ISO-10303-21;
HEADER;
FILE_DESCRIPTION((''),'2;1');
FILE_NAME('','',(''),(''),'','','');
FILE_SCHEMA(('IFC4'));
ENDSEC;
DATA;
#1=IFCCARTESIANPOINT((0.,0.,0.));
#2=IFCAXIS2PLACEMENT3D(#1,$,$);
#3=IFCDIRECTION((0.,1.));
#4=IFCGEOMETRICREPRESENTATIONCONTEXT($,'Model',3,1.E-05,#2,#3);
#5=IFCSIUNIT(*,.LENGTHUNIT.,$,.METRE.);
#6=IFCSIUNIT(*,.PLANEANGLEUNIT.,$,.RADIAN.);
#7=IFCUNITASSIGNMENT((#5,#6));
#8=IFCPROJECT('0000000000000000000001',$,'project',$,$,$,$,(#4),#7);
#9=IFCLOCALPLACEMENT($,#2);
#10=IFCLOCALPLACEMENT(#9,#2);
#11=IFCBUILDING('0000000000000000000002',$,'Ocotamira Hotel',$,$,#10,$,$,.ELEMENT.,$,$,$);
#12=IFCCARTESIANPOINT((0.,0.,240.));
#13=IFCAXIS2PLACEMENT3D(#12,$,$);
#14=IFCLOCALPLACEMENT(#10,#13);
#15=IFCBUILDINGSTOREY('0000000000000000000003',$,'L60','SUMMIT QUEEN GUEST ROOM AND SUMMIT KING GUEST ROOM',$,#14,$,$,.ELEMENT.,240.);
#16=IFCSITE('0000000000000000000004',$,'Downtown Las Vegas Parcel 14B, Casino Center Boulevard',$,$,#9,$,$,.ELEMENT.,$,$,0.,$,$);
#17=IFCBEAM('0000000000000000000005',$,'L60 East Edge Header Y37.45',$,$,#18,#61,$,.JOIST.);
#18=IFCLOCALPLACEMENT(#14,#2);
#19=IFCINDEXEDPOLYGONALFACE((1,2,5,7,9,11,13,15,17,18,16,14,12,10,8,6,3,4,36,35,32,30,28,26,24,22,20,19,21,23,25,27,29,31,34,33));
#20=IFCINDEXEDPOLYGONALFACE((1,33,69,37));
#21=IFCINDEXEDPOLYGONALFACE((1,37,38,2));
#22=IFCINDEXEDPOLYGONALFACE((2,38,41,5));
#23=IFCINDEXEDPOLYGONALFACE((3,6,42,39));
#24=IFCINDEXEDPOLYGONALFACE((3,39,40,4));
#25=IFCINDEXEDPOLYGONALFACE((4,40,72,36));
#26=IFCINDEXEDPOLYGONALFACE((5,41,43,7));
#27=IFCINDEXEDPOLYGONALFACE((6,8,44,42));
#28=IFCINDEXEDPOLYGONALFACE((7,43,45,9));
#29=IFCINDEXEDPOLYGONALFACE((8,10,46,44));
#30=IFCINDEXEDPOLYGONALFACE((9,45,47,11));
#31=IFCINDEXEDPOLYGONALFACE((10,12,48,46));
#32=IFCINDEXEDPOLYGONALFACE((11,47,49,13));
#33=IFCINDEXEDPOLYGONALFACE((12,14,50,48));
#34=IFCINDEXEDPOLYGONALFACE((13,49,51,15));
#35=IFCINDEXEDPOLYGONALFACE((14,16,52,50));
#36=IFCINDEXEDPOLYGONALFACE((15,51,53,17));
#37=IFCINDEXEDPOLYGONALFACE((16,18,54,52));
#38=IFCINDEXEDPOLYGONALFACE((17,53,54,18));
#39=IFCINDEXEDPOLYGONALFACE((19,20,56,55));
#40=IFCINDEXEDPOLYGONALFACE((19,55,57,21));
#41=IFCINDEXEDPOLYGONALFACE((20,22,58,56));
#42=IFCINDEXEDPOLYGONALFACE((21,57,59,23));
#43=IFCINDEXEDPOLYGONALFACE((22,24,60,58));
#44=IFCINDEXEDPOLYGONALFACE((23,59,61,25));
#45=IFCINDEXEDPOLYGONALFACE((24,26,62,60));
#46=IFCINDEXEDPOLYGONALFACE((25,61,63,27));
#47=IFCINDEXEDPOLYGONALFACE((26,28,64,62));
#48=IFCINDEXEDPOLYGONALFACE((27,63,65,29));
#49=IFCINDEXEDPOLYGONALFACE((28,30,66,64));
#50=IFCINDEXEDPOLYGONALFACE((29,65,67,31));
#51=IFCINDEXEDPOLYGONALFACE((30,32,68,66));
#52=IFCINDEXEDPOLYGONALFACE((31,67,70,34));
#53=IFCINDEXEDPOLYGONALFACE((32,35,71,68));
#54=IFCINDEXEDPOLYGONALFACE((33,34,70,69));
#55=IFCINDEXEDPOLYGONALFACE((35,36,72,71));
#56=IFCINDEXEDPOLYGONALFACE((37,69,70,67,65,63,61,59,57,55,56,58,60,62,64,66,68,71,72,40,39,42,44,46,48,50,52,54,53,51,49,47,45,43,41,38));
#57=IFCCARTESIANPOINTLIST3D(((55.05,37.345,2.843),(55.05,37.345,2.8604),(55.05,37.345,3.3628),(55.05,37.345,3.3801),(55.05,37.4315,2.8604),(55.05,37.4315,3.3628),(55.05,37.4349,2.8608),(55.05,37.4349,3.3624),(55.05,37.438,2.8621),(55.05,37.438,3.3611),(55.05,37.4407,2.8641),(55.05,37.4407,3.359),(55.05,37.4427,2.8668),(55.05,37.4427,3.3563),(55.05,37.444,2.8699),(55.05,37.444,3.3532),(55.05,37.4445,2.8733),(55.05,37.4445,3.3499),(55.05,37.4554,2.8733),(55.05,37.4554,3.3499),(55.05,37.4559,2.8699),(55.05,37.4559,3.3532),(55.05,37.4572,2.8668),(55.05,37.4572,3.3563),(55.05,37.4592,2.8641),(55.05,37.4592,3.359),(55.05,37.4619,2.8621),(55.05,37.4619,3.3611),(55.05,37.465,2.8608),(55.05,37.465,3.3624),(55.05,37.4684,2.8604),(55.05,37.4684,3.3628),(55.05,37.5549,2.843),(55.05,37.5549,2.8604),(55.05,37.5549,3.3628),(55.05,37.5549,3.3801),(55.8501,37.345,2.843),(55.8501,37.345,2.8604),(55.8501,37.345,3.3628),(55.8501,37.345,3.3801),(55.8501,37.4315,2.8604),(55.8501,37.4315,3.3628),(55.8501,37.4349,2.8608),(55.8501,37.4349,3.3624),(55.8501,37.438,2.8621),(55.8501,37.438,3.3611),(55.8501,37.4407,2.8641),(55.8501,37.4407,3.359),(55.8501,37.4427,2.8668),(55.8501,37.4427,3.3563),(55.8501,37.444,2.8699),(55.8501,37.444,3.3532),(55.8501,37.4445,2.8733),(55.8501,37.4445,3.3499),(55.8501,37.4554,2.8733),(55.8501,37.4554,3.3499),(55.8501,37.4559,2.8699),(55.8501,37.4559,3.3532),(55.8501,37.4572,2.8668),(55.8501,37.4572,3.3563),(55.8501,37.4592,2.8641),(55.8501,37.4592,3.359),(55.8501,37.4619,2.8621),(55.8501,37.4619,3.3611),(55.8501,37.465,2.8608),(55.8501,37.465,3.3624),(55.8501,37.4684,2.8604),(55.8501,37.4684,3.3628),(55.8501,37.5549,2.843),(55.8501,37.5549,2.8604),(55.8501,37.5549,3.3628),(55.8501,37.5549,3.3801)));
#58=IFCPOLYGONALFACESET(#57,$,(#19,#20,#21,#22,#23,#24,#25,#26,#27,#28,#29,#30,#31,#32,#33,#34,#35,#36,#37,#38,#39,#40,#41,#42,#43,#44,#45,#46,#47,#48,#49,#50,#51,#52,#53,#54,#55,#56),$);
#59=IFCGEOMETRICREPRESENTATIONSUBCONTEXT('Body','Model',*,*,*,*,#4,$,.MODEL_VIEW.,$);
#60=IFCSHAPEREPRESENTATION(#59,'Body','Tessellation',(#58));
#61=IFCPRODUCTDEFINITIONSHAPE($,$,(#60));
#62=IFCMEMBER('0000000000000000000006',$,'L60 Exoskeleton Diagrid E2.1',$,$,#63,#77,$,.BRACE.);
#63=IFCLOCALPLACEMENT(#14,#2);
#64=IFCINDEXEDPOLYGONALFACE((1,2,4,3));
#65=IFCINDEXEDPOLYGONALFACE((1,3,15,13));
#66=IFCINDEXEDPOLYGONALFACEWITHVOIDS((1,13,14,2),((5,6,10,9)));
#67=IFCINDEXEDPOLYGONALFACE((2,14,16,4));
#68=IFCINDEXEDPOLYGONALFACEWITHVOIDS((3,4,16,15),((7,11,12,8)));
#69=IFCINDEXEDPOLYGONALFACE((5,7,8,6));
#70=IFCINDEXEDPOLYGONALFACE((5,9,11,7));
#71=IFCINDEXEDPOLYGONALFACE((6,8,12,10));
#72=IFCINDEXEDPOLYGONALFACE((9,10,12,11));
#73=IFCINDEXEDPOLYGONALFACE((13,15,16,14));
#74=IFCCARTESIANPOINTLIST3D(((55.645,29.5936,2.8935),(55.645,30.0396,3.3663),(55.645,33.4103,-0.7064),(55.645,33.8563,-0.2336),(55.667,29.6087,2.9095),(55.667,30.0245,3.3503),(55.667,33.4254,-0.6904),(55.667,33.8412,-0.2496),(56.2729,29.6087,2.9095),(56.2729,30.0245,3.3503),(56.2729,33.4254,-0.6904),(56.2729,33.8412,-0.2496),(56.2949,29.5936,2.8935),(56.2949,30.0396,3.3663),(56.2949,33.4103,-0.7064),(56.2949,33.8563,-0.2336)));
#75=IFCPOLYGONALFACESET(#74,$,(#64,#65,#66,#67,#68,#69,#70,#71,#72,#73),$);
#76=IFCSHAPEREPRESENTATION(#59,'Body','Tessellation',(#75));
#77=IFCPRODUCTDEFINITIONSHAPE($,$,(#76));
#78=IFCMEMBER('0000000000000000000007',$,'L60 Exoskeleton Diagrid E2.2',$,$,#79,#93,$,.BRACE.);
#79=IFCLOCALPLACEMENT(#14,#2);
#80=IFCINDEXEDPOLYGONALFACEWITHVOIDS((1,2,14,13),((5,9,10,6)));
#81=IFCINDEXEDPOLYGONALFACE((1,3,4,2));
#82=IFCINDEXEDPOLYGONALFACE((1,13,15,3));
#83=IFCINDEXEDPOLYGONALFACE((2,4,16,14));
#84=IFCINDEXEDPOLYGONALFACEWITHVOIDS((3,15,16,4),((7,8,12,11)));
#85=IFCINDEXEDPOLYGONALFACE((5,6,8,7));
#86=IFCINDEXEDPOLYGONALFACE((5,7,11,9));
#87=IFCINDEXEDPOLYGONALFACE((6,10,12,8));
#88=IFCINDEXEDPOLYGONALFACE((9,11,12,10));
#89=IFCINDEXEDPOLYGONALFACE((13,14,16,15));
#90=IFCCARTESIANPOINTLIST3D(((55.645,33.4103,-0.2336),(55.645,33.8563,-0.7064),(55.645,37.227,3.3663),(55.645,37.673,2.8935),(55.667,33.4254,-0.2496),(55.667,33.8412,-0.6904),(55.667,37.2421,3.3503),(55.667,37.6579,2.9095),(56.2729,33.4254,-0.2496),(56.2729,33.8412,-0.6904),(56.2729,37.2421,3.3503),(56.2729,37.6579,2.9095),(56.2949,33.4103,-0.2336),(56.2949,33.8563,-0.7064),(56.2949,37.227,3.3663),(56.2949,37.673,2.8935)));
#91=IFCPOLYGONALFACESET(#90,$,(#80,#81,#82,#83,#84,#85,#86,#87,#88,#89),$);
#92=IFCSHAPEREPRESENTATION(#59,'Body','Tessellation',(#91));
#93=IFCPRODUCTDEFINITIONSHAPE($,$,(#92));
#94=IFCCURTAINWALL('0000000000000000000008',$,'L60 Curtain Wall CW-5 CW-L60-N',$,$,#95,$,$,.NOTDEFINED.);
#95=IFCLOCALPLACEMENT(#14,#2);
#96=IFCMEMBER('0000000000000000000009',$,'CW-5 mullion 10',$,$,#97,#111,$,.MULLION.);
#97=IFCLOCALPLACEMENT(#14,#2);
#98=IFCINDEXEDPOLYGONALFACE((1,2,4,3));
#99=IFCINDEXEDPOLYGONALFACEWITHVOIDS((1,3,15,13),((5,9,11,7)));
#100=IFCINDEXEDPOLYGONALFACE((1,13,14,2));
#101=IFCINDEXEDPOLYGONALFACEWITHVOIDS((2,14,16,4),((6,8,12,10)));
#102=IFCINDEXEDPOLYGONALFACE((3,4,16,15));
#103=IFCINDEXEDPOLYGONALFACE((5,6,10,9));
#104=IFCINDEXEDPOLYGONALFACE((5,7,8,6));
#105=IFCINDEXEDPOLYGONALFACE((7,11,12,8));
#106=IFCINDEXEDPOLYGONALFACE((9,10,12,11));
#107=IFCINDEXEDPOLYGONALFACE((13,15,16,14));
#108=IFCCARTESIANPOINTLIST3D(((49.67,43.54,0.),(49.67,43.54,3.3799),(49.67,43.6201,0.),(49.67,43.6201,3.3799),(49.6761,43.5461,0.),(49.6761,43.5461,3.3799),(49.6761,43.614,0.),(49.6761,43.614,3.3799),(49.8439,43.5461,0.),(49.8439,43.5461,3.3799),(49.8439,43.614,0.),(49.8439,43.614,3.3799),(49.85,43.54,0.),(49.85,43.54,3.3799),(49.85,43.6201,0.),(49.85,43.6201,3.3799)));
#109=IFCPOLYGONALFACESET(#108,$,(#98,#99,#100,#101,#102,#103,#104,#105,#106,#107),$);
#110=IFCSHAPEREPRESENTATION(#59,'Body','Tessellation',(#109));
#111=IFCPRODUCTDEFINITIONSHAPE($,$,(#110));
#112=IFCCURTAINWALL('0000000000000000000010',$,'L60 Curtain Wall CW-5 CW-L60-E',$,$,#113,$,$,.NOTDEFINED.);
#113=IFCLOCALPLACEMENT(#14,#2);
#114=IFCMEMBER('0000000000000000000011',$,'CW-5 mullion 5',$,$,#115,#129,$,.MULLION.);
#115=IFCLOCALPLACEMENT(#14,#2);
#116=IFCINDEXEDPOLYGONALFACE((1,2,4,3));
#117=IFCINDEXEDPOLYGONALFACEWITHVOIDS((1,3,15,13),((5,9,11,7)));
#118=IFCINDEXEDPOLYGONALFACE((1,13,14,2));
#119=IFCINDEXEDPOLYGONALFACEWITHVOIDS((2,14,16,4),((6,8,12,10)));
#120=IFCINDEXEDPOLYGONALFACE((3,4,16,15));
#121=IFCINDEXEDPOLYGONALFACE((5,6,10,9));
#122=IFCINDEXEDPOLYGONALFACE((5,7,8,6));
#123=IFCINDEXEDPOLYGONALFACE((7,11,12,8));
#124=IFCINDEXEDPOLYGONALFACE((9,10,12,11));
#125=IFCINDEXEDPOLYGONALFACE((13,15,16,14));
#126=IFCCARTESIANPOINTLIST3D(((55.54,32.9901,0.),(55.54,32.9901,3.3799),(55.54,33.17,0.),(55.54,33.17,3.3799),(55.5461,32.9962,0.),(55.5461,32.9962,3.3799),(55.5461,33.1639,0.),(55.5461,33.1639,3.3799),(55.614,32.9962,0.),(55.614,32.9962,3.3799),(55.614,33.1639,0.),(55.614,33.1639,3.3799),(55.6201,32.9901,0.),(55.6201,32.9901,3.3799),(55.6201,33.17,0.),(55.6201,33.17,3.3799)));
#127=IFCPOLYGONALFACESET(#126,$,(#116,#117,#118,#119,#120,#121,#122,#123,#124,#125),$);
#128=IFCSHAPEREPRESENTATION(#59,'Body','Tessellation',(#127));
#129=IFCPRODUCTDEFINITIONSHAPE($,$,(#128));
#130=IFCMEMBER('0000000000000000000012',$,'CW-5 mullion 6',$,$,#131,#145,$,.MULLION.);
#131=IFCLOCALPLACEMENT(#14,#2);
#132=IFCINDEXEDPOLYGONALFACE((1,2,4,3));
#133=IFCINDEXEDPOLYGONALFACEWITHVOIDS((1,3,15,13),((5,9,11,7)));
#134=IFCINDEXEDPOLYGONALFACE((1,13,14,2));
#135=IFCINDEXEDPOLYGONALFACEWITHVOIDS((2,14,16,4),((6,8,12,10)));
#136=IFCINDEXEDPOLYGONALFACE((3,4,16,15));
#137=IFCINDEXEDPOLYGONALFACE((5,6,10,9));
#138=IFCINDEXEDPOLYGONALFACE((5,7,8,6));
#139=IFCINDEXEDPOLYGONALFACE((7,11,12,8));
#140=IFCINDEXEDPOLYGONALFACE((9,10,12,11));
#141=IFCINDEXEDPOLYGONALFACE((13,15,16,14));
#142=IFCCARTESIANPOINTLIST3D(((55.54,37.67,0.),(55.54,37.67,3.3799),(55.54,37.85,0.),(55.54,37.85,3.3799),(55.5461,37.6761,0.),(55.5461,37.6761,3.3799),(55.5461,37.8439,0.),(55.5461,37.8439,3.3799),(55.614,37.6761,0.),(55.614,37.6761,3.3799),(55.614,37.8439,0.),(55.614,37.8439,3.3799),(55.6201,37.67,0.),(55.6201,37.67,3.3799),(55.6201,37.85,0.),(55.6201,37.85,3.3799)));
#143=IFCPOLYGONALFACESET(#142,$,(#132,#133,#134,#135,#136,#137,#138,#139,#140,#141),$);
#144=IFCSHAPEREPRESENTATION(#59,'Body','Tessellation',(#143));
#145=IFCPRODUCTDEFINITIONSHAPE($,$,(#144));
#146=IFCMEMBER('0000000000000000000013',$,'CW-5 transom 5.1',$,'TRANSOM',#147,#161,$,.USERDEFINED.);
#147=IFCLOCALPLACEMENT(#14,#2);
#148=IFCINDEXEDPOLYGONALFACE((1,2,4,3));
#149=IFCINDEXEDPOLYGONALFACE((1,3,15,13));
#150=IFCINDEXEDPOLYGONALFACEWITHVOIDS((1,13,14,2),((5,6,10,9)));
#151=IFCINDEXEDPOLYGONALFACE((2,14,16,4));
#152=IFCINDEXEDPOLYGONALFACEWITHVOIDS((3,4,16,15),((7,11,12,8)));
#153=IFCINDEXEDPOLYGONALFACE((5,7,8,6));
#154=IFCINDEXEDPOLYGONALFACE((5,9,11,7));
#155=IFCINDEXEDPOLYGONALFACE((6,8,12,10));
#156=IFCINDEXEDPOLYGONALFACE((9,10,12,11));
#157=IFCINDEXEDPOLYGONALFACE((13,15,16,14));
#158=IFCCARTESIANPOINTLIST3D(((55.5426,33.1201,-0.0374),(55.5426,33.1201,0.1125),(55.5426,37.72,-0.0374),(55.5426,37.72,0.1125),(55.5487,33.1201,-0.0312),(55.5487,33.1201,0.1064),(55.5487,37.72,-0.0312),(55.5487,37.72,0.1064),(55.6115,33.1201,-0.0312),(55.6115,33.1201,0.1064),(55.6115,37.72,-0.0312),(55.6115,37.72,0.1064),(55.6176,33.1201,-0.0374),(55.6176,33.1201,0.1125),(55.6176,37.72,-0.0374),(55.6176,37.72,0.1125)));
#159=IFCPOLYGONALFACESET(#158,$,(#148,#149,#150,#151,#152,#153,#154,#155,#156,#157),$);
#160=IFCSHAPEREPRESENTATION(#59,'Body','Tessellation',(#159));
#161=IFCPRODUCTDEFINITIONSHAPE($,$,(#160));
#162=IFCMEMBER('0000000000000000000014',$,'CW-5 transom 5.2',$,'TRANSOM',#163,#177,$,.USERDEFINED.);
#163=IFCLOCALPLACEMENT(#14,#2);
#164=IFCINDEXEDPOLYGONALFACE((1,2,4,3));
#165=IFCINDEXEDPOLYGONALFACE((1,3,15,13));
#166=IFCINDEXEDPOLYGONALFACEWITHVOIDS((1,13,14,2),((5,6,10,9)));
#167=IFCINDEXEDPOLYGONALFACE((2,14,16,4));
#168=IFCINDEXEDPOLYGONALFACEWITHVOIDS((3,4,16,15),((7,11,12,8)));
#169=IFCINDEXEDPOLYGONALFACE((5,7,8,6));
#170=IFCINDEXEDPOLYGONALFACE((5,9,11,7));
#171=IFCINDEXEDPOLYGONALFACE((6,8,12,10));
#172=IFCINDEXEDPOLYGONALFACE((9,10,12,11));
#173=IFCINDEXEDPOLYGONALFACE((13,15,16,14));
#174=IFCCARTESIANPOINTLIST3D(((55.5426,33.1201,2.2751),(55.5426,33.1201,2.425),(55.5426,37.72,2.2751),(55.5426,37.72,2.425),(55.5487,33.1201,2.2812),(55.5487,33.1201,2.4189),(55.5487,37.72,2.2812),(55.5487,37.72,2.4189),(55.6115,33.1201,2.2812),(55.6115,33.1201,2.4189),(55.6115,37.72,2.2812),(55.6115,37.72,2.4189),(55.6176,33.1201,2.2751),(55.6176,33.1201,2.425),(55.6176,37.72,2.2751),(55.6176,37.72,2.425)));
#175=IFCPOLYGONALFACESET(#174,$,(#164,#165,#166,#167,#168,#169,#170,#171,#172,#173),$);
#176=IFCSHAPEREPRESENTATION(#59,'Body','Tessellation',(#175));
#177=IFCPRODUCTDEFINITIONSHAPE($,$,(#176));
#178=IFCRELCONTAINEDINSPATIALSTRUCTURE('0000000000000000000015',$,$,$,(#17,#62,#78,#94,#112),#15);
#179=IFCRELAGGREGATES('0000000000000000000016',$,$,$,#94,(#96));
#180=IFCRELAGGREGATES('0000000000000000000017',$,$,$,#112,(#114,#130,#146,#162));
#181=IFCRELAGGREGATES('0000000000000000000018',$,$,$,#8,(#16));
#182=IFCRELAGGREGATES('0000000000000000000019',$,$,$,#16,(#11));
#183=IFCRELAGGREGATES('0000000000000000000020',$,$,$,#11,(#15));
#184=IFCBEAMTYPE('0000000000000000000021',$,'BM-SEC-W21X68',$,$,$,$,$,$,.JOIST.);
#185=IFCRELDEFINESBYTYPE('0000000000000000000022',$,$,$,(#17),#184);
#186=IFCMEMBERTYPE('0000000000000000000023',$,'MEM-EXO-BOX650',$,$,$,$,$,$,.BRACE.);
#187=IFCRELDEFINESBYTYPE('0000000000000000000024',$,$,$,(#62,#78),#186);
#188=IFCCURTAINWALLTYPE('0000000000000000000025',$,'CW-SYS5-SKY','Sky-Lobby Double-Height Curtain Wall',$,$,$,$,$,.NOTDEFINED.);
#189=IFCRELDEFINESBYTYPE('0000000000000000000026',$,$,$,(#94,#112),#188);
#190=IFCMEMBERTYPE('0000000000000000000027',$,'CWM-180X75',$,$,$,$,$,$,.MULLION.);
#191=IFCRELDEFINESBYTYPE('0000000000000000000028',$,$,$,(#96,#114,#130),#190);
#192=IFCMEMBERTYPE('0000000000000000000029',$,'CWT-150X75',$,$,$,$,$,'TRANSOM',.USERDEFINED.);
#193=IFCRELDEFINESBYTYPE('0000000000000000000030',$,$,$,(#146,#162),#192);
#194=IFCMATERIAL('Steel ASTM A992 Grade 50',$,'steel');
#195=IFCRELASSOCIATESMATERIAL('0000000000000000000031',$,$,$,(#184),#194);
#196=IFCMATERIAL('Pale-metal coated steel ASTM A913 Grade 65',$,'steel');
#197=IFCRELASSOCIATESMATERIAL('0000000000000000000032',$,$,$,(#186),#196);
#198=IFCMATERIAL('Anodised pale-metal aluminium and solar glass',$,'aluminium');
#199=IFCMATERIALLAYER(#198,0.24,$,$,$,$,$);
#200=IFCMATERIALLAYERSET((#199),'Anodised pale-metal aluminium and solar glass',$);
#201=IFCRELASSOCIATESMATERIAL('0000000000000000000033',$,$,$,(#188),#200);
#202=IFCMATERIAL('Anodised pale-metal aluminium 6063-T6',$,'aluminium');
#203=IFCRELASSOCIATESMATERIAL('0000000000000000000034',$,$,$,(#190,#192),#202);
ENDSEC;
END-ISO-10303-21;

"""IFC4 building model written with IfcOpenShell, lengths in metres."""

from ifc_helpers import new_model, si_unit, direction, frame, origin, origin_2d, place, context, subcontext, project, spatial, hollow_rectangle, i_section, extrude, source, transform, mapped, material, layer, layer_set, material_profile, profile_set, type_object, element, aggregate, save


model = new_model("IFC4")

# Units and contexts
model_context = context("Model", 3, precision=1e-05, world=origin(), true_north=direction((0.0, 1.0)))
body_context = subcontext(model_context, "Body", "Model", "MODEL_VIEW")
ifc_project = project(units=[si_unit("LENGTHUNIT", "METRE"), si_unit("PLANEANGLEUNIT", "RADIAN")], contexts=[model_context])

# Site, building, storey
site_placement = place(None, origin())
site = spatial("IfcSite", under=ifc_project, at=site_placement, Name="Downtown Las Vegas Parcel 14B, Casino Center Boulevard", CompositionType="ELEMENT", RefElevation=0.0)
building_placement = place(site_placement, origin())
building = spatial("IfcBuilding", under=site, at=building_placement, Name="Ocotamira Hotel", CompositionType="ELEMENT")
storey_placement = place(building_placement, frame((0.0, 0.0, 240.0)))
storey = spatial("IfcBuildingStorey", under=building, at=storey_placement, Name="L60", Description="SUMMIT QUEEN GUEST ROOM AND SUMMIT KING GUEST ROOM", CompositionType="ELEMENT", Elevation=240.0)

# Shared definitions
ifc_material_1 = material(Name="Steel ASTM A992 Grade 50", Category="steel")

# Beam
ifc_material_profile_1 = material_profile(ifc_material_1, i_section(OverallWidth=0.21, OverallDepth=0.5371, WebThickness=0.011, FlangeThickness=0.0173, FilletRadius=0.0129, at=origin_2d()), Name="W21X68")
ifc_profile_set_1 = profile_set([ifc_material_profile_1], Name="Steel ASTM A992 Grade 50")
beam_type_1 = type_object("IfcBeamType", Name="BM-SEC-W21X68", PredefinedType="JOIST", material=ifc_profile_set_1)
shared_shape_1 = source(origin(), body_context, "Body", "SweptSolid", [
    extrude(i_section(OverallWidth=0.21, OverallDepth=0.5371, WebThickness=0.011, FlangeThickness=0.0173, FilletRadius=0.0129, at=origin_2d()), origin(), (0.0, 0.0, 1.0), 0.8),
])
for number, where, z_axis, x_axis, name in (
    (1, (55.05, 37.45, 3.1116), (1.0, 0.0, 0.0), (0.0, 1.0, 0.0), "L60 East Edge Header Y37.45"),
):
    element("IfcBeam", number, at=place(storey_placement, frame(where, z_axis=z_axis, x_axis=x_axis)), inside=storey, type_object=beam_type_1, Name=name, PredefinedType="JOIST", context=body_context, shape_type="MappedRepresentation", body=[
        mapped(shared_shape_1, transform((0.0, 0.0, 0.0), scale=1.0)),
    ])

# Members
ifc_material_2 = material(Name="Pale-metal coated steel ASTM A913 Grade 65", Category="steel")
ifc_material_profile_2 = material_profile(ifc_material_2, hollow_rectangle(XDim=0.6499, YDim=0.6499, WallThickness=0.022, at=origin_2d()), Name="BOX650X650X22")
ifc_profile_set_2 = profile_set([ifc_material_profile_2], Name="Pale-metal coated steel ASTM A913 Grade 65")
member_type_1 = type_object("IfcMemberType", Name="MEM-EXO-BOX650", PredefinedType="BRACE", material=ifc_profile_set_2)
shared_shape_2 = source(origin(), body_context, "Body", "SweptSolid", [
    extrude(hollow_rectangle(XDim=0.6499, YDim=0.6499, WallThickness=0.022, at=origin_2d()), origin(), (0.0, 0.0, 1.0), 5.2466),
])
for number, where, z_axis, x_axis, name in (
    (2, (55.97, 33.6333, -0.47), (0.0, -0.727466, 0.686144), (1.0, 0.0, 0.0), "L60 Exoskeleton Diagrid E2.1"),
    (3, (55.97, 33.6333, -0.47), (0.0, 0.727466, 0.686144), (-1.0, 0.0, 0.0), "L60 Exoskeleton Diagrid E2.2"),
):
    element("IfcMember", number, at=place(storey_placement, frame(where, z_axis=z_axis, x_axis=x_axis)), inside=storey, type_object=member_type_1, Name=name, PredefinedType="BRACE", context=body_context, shape_type="MappedRepresentation", body=[
        mapped(shared_shape_2, transform((0.0, 0.0, 0.0), scale=1.0)),
    ])

# Curtain wall, member
ifc_material_3 = material(Name="Anodised pale-metal aluminium and solar glass", Category="aluminium")
ifc_layer_1 = layer(ifc_material_3, 0.24)
ifc_layer_set_1 = layer_set([ifc_layer_1], Name="Anodised pale-metal aluminium and solar glass")
curtain_wall_type = type_object("IfcCurtainWallType", Name="CW-SYS5-SKY", Description="Sky-Lobby Double-Height Curtain Wall", PredefinedType="NOTDEFINED", material=ifc_layer_set_1)
curtain_wall_1_placement = place(storey_placement, origin())
curtain_wall_1 = element("IfcCurtainWall", 4, at=curtain_wall_1_placement, inside=storey, type_object=curtain_wall_type, Name="L60 Curtain Wall CW-5 CW-L60-N", PredefinedType="NOTDEFINED")
ifc_material_4 = material(Name="Anodised pale-metal aluminium 6063-T6", Category="aluminium")
ifc_material_profile_3 = material_profile(ifc_material_4, hollow_rectangle(XDim=0.0801, YDim=0.1799, WallThickness=0.0061, at=origin_2d()), Name="HSS180X80X6")
ifc_profile_set_3 = profile_set([ifc_material_profile_3], Name="Anodised pale-metal aluminium 6063-T6")
member_type_2 = type_object("IfcMemberType", Name="CWM-180X75", PredefinedType="MULLION", material=ifc_profile_set_3)
shared_shape_3 = source(origin(), body_context, "Body", "SweptSolid", [
    extrude(hollow_rectangle(XDim=0.0801, YDim=0.1799, WallThickness=0.0061, at=origin_2d()), origin(), (0.0, 0.0, 1.0), 3.3799),
])
member_1_placement = place(storey_placement, frame((49.76, 43.5801, 0.0), z_axis=(0.0, 0.0, 1.0), x_axis=(0.0, 1.0, 0.0)))
member_1 = element("IfcMember", 5, at=member_1_placement, type_object=member_type_2, Name="CW-5 mullion 10", PredefinedType="MULLION", context=body_context, shape_type="MappedRepresentation", body=[
    mapped(shared_shape_3, transform((0.0, 0.0, 0.0), scale=1.0)),
])

# Curtain wall, members
curtain_wall_2_placement = place(storey_placement, origin())
curtain_wall_2 = element("IfcCurtainWall", 6, at=curtain_wall_2_placement, inside=storey, type_object=curtain_wall_type, Name="L60 Curtain Wall CW-5 CW-L60-E", PredefinedType="NOTDEFINED")
member_2_placement = place(storey_placement, frame((55.5801, 33.0801, 0.0), z_axis=(0.0, 0.0, 1.0), x_axis=(-1.0, 0.0, 0.0)))
member_2 = element("IfcMember", 7, at=member_2_placement, type_object=member_type_2, Name="CW-5 mullion 5", PredefinedType="MULLION", context=body_context, shape_type="MappedRepresentation", body=[
    mapped(shared_shape_3, transform((0.0, 0.0, 0.0), scale=1.0)),
])
member_3_placement = place(storey_placement, frame((55.5801, 37.76, 0.0), z_axis=(0.0, 0.0, 1.0), x_axis=(-1.0, 0.0, 0.0)))
member_3 = element("IfcMember", 8, at=member_3_placement, type_object=member_type_2, Name="CW-5 mullion 6", PredefinedType="MULLION", context=body_context, shape_type="MappedRepresentation", body=[
    mapped(shared_shape_3, transform((0.0, 0.0, 0.0), scale=1.0)),
])
ifc_material_profile_4 = material_profile(ifc_material_4, hollow_rectangle(XDim=0.075, YDim=0.1499, WallThickness=0.0061, at=origin_2d()), Name="HSS150X75X6")
ifc_profile_set_4 = profile_set([ifc_material_profile_4], Name="Anodised pale-metal aluminium 6063-T6")
member_type_3 = type_object("IfcMemberType", Name="CWT-150X75", ElementType="TRANSOM", PredefinedType="USERDEFINED", material=ifc_profile_set_4)
shared_shape_4 = source(origin(), body_context, "Body", "SweptSolid", [
    extrude(hollow_rectangle(XDim=0.075, YDim=0.1499, WallThickness=0.0061, at=origin_2d()), origin(), (0.0, 0.0, 1.0), 4.5999),
])
member_4_placement = place(storey_placement, frame((55.5801, 33.1201, 0.0376), z_axis=(0.0, 1.0, 0.0), x_axis=(-1.0, 0.0, 0.0)))
member_4 = element("IfcMember", 9, at=member_4_placement, type_object=member_type_3, Name="CW-5 transom 5.1", ObjectType="TRANSOM", PredefinedType="USERDEFINED", context=body_context, shape_type="MappedRepresentation", body=[
    mapped(shared_shape_4, transform((0.0, 0.0, 0.0), scale=1.0)),
])
member_5_placement = place(storey_placement, frame((55.5801, 33.1201, 2.3501), z_axis=(0.0, 1.0, 0.0), x_axis=(-1.0, 0.0, 0.0)))
member_5 = element("IfcMember", 10, at=member_5_placement, type_object=member_type_3, Name="CW-5 transom 5.2", ObjectType="TRANSOM", PredefinedType="USERDEFINED", context=body_context, shape_type="MappedRepresentation", body=[
    mapped(shared_shape_4, transform((0.0, 0.0, 0.0), scale=1.0)),
])

aggregate(curtain_wall_1, [member_1])
aggregate(curtain_wall_2, [member_2, member_3, member_4, member_5])

save(model, "model.ifc")
